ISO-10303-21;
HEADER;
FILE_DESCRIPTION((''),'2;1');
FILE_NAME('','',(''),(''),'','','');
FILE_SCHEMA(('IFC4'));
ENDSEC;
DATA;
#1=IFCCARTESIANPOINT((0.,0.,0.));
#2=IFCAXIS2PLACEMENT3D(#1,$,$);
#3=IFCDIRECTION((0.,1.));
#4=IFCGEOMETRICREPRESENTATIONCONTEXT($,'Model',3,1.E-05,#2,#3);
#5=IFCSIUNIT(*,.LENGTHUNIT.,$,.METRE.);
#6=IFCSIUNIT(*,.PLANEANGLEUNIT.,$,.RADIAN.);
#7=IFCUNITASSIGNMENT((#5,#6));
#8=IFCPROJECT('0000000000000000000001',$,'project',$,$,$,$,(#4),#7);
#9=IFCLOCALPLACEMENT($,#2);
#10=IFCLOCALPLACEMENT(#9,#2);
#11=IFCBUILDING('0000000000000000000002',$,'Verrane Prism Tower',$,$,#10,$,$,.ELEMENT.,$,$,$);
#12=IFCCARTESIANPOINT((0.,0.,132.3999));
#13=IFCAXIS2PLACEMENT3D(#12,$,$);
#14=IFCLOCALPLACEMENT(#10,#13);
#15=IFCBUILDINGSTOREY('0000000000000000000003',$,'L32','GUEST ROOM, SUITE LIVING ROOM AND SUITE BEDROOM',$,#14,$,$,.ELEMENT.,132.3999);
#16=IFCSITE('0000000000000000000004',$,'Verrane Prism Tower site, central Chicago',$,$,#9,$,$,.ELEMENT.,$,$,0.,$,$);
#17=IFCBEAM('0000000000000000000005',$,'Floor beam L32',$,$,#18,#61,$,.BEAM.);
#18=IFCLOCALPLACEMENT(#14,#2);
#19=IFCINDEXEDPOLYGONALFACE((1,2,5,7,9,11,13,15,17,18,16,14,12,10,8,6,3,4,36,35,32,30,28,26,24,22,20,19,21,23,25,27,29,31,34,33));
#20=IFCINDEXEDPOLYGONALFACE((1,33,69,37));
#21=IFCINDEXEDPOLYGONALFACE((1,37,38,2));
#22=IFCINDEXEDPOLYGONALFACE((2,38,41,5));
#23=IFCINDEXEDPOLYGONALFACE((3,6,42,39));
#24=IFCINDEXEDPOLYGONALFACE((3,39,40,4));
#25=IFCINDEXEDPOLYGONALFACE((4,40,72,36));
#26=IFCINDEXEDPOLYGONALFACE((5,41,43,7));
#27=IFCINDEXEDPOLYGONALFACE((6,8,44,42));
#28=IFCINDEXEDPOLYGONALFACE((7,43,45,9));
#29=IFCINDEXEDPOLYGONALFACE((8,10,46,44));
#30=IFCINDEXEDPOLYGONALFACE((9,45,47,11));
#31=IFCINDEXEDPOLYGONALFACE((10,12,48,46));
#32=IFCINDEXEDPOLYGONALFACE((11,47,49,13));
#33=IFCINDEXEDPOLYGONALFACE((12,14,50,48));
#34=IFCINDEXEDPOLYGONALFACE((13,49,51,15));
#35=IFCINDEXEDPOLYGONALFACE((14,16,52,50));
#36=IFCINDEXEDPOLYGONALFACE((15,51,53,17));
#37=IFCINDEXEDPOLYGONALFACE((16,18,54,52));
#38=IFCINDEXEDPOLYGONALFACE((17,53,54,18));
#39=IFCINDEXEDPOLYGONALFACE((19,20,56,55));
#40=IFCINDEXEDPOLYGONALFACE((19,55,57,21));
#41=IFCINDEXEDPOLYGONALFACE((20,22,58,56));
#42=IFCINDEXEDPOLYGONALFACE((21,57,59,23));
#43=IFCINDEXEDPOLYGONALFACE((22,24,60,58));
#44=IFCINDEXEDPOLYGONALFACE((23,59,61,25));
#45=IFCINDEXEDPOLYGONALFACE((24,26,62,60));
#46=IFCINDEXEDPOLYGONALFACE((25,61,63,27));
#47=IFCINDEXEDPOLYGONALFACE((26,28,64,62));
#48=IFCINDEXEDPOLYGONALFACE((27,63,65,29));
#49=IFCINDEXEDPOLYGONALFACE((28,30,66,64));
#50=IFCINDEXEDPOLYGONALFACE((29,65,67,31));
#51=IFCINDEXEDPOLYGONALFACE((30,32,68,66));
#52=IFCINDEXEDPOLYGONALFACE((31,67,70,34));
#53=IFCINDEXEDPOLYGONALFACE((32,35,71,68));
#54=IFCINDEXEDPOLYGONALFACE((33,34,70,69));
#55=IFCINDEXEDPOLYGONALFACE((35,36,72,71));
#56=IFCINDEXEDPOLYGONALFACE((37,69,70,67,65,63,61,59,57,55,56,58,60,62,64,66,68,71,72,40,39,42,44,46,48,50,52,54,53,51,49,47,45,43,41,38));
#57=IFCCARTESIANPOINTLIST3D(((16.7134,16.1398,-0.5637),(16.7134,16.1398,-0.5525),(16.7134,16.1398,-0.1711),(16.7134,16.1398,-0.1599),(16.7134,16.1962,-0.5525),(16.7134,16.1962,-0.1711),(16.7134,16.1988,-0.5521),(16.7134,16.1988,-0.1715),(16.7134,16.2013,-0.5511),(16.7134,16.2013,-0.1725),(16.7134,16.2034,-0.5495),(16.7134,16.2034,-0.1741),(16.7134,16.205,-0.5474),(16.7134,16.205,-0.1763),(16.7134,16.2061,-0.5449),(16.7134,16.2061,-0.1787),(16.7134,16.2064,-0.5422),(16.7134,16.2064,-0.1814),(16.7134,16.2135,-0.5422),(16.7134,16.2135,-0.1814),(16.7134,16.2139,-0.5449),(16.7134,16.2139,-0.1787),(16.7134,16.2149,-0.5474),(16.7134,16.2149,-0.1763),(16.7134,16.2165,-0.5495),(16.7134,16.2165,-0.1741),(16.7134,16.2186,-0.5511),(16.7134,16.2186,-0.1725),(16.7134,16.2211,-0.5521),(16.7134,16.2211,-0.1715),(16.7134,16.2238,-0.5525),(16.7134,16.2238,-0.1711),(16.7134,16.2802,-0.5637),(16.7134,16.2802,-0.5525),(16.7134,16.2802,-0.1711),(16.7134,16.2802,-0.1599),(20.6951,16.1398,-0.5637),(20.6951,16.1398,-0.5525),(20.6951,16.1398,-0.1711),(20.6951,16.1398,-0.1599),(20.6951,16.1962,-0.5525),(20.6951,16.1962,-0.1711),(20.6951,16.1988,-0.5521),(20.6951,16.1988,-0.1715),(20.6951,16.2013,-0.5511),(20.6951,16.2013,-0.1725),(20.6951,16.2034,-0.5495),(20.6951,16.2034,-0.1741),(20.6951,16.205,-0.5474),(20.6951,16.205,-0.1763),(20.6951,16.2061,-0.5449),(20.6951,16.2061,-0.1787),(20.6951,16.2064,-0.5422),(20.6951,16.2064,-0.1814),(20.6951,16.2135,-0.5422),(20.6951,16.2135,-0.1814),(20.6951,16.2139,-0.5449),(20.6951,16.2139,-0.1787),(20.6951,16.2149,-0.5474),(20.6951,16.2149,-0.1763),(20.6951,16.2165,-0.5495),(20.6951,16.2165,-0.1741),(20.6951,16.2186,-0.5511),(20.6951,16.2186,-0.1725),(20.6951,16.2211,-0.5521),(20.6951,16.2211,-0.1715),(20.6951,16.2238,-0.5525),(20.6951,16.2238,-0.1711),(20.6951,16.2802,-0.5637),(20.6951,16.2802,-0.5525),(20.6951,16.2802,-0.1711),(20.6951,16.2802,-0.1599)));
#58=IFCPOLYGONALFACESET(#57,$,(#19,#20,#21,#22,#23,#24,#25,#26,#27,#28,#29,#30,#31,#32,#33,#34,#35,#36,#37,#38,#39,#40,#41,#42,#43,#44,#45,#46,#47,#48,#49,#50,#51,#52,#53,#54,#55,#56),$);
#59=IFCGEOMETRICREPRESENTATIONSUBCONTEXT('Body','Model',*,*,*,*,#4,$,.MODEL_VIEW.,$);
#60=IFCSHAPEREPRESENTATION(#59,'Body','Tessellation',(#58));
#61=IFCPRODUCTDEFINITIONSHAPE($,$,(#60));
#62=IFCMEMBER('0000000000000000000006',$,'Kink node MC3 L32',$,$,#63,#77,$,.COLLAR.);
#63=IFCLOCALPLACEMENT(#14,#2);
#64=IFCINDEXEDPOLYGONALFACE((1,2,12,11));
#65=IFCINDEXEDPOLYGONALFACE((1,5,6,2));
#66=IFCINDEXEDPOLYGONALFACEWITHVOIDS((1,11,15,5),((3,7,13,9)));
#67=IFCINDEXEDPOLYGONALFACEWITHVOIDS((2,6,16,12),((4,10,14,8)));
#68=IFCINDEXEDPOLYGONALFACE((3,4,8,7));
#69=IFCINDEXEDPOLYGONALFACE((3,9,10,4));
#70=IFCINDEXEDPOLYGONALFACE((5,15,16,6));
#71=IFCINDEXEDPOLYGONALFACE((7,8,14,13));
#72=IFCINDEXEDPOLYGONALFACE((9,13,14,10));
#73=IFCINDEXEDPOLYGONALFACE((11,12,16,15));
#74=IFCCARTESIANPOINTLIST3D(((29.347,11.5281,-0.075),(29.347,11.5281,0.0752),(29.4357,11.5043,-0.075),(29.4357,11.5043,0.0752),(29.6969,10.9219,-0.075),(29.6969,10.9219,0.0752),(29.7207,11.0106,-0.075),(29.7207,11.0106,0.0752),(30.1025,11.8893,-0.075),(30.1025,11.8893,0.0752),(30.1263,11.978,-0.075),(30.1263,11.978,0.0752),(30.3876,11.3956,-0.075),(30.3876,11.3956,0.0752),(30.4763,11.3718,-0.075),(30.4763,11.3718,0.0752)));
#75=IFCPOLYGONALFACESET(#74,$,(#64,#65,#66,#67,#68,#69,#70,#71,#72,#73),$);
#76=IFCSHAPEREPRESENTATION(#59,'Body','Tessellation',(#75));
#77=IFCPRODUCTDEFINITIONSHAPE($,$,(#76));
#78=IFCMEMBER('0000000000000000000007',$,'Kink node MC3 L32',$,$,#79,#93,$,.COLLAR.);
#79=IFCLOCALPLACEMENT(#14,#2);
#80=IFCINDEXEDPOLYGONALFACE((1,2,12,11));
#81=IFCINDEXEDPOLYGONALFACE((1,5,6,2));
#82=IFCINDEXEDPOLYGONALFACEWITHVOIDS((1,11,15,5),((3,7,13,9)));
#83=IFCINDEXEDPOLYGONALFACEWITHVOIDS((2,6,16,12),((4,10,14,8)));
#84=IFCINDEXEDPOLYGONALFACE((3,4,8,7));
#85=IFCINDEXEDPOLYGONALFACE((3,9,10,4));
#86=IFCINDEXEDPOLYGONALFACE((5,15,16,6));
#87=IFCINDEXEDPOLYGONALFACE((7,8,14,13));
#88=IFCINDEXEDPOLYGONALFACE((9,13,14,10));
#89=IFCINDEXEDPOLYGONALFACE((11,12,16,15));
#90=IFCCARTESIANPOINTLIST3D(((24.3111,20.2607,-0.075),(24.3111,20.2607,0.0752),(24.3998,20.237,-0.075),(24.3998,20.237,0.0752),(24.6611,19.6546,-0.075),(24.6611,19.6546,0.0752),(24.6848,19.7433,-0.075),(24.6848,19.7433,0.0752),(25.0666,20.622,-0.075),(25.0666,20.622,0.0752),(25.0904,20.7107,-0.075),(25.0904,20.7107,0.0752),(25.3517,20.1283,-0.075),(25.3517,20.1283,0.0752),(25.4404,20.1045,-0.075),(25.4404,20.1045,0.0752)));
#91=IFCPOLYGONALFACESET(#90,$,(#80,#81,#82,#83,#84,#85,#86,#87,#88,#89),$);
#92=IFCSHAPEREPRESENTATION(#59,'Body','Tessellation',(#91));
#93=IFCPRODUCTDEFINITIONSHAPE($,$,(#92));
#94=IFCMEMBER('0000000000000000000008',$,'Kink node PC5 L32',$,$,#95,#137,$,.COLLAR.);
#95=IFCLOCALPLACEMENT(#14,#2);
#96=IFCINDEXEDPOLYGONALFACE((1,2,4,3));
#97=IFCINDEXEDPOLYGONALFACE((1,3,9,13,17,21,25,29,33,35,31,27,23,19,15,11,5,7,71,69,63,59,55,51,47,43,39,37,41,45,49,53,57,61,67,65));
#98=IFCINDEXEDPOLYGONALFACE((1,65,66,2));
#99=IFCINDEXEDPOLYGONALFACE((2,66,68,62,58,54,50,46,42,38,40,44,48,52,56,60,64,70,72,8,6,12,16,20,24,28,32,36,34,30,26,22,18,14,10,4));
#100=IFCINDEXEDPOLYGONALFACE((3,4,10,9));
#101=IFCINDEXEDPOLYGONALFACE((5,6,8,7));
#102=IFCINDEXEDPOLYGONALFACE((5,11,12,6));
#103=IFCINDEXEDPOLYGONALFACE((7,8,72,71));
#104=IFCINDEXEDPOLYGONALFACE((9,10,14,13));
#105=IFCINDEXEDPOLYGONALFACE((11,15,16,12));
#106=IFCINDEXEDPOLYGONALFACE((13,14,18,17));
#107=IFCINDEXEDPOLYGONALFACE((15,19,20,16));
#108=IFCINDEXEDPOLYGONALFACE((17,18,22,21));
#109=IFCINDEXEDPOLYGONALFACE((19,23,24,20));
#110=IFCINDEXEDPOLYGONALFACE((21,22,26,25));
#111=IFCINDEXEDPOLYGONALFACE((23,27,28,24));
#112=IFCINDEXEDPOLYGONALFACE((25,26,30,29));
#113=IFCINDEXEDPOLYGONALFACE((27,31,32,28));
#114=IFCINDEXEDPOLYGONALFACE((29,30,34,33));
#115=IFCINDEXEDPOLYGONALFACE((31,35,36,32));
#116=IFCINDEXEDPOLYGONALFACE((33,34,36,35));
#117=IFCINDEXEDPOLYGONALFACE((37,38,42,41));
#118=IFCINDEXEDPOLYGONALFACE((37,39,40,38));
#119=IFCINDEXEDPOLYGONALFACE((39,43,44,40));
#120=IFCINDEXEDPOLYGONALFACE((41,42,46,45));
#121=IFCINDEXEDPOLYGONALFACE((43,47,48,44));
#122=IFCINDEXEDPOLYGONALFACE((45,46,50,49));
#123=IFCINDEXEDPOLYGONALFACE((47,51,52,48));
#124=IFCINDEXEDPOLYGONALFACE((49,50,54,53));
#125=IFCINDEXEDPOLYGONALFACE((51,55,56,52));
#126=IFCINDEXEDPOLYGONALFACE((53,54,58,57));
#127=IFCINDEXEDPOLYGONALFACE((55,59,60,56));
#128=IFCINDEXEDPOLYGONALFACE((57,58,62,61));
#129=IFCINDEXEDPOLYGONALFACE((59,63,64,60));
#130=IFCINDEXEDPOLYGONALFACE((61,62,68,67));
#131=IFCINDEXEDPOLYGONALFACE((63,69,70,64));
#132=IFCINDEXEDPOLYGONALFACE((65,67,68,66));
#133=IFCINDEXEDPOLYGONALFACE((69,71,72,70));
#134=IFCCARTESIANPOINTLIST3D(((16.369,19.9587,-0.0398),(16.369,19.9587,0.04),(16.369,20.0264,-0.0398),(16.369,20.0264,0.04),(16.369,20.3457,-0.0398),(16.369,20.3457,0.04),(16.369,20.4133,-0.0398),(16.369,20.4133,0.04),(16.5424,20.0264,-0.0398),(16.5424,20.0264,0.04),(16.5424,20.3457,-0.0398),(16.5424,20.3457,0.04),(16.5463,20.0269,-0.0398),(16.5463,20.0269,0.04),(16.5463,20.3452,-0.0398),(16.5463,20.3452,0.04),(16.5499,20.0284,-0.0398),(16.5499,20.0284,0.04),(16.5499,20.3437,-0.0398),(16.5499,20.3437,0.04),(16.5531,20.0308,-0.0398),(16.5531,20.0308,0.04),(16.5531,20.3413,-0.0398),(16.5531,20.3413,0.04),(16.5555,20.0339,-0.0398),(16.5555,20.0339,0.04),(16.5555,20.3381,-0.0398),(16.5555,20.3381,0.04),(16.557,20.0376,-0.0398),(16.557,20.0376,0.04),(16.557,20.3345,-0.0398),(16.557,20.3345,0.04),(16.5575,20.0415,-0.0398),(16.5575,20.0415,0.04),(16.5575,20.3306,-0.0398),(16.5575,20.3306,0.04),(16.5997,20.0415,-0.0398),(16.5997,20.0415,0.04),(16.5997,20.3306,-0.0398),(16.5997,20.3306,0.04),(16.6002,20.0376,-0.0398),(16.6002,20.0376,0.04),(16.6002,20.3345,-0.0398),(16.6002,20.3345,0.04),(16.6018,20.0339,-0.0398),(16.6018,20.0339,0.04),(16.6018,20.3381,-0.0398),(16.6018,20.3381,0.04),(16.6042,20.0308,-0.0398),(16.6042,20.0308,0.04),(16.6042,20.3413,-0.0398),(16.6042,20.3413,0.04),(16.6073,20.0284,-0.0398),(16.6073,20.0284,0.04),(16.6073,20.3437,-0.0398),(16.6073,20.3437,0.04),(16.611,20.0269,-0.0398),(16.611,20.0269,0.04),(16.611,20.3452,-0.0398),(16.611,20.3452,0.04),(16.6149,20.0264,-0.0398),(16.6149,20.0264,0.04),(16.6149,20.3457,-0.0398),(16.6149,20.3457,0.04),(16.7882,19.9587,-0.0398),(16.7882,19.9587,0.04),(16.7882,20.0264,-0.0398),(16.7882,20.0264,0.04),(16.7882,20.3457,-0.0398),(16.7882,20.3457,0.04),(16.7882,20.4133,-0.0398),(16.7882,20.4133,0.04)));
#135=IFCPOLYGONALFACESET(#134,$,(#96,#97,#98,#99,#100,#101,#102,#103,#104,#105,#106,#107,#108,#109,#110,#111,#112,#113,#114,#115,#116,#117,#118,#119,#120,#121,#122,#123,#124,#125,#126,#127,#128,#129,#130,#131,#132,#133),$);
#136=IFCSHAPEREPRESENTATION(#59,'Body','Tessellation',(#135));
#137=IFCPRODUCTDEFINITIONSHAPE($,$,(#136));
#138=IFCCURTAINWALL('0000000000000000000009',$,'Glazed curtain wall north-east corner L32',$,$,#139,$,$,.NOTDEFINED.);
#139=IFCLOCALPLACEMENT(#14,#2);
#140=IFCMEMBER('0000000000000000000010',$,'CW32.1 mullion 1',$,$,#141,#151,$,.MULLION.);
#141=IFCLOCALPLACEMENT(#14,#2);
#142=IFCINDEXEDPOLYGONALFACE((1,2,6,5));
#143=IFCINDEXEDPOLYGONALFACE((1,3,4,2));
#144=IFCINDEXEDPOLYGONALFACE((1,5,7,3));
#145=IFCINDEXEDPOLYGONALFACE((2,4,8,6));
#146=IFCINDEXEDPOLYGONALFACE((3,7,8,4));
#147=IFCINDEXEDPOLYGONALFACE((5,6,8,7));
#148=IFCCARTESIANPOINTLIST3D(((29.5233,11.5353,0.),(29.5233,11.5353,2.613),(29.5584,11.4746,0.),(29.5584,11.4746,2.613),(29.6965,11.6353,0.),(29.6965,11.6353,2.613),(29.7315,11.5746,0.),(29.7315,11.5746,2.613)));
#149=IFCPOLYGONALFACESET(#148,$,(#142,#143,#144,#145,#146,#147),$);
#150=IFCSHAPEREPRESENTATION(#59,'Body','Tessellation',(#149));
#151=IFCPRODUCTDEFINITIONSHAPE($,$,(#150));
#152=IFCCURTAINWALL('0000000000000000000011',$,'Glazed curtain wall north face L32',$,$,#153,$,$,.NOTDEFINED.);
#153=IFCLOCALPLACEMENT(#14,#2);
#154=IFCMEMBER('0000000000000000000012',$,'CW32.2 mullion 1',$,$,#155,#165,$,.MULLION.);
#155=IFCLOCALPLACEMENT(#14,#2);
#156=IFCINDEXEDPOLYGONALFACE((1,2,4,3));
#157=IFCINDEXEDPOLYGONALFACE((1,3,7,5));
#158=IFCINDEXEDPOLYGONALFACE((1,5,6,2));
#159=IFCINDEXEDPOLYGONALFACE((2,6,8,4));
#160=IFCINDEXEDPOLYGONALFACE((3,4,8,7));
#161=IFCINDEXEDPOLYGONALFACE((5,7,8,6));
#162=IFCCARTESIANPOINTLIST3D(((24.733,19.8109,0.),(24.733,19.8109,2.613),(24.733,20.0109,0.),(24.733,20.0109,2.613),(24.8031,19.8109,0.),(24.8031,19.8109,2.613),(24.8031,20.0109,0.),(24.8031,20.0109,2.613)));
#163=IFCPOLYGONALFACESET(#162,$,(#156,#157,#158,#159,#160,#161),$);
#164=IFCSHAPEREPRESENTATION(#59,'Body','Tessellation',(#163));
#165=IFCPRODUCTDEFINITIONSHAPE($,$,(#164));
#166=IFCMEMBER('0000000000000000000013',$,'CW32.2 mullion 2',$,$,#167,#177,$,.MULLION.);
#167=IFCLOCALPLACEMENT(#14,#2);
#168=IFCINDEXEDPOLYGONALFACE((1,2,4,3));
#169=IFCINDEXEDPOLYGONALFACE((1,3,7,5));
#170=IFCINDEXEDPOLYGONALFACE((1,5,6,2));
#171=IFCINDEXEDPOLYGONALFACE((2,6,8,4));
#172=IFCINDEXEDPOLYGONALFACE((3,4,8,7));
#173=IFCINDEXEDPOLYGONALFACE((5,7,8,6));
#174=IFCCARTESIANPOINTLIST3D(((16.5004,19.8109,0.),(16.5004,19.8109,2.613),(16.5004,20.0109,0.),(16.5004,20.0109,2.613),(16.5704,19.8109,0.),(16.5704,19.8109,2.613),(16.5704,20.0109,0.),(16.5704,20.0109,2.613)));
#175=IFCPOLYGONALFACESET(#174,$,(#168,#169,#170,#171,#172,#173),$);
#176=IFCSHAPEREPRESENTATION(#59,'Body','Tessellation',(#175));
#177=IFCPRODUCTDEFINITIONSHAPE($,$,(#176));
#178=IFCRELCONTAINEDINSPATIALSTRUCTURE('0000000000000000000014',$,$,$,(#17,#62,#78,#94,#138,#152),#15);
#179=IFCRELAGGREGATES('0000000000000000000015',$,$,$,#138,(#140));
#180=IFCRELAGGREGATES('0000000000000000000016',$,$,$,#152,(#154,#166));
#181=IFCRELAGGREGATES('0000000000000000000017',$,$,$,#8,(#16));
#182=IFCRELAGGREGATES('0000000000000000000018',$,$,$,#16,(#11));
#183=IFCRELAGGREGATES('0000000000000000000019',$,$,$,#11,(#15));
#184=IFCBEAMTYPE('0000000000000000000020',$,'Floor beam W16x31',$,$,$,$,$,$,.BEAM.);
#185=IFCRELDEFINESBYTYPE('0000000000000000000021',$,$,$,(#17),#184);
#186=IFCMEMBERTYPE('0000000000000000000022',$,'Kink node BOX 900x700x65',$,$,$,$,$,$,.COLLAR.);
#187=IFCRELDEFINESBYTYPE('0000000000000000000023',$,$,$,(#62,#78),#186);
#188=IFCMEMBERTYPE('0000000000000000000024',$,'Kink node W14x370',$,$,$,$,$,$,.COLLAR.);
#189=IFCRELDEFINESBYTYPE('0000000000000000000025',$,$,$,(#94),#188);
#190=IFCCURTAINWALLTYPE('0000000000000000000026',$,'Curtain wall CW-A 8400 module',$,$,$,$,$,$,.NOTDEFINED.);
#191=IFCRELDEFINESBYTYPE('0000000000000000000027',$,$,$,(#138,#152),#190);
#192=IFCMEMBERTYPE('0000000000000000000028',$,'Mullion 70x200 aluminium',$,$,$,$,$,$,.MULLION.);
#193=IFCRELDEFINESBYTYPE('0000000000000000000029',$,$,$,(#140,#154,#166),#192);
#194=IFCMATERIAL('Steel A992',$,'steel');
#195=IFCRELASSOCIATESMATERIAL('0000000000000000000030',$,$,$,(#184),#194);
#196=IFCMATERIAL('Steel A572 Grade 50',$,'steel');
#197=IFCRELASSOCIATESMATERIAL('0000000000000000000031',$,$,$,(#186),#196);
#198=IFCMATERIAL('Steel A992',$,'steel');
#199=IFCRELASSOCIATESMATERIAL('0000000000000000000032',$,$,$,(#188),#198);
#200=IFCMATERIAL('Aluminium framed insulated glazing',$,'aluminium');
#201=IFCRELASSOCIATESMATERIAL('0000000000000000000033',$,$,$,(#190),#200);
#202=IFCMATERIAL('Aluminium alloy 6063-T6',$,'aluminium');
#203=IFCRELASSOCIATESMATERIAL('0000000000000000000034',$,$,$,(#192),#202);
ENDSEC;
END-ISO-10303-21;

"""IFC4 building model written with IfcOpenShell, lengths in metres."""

from ifc_helpers import new_model, si_unit, direction, frame, origin, origin_2d, place, context, subcontext, project, spatial, rectangle, hollow_rectangle, i_section, extrude, material, material_profile, profile_set, type_object, element, aggregate, save


model = new_model("IFC4")

# Units and contexts
model_context = context("Model", 3, precision=1e-05, world=origin(), true_north=direction((0.0, 1.0)))
body_context = subcontext(model_context, "Body", "Model", "MODEL_VIEW")
ifc_project = project(units=[si_unit("LENGTHUNIT", "METRE"), si_unit("PLANEANGLEUNIT", "RADIAN")], contexts=[model_context])

# Site, building, storey
site_placement = place(None, origin())
site = spatial("IfcSite", under=ifc_project, at=site_placement, Name="Verrane Prism Tower site, central Chicago", CompositionType="ELEMENT", RefElevation=0.0)
building_placement = place(site_placement, origin())
building = spatial("IfcBuilding", under=site, at=building_placement, Name="Verrane Prism Tower", CompositionType="ELEMENT")
storey_placement = place(building_placement, frame((0.0, 0.0, 132.3999)))
storey = spatial("IfcBuildingStorey", under=building, at=storey_placement, Name="L32", Description="GUEST ROOM, SUITE LIVING ROOM AND SUITE BEDROOM", CompositionType="ELEMENT", Elevation=132.3999)

# Beam
ifc_material_1 = material(Name="Steel A992", Category="steel")
ifc_material_profile_1 = material_profile(ifc_material_1, i_section(OverallWidth=0.1404, OverallDepth=0.4038, WebThickness=0.0071, FlangeThickness=0.0112, FilletRadius=0.0103, at=origin_2d()), Name="W16x31")
ifc_profile_set_1 = profile_set([ifc_material_profile_1], Name="Steel A992")
beam_type_1 = type_object("IfcBeamType", Name="Floor beam W16x31", PredefinedType="BEAM", material=ifc_profile_set_1)
beam_1_placement = place(storey_placement, frame((16.7134, 16.21, -0.3618), z_axis=(1.0, 0.0, 0.0), x_axis=(0.0, 1.0, 0.0)))
element("IfcBeam", 1, at=beam_1_placement, inside=storey, type_object=beam_type_1, Name="Floor beam L32", PredefinedType="BEAM", context=body_context, shape_type="SweptSolid", body=[
    extrude(i_section(OverallWidth=0.1404, OverallDepth=0.4038, WebThickness=0.0071, FlangeThickness=0.0112, FilletRadius=0.0103, at=origin_2d()), origin(), (0.0, 0.0, 1.0), 3.9817),
])

# Members
ifc_material_2 = material(Name="Steel A572 Grade 50", Category="steel")
ifc_material_profile_2 = material_profile(ifc_material_2, hollow_rectangle(XDim=0.7, YDim=0.8999, WallThickness=0.0649, at=origin_2d()), Name="BOX 900x700x65")
ifc_profile_set_2 = profile_set([ifc_material_profile_2], Name="Steel A572 Grade 50")
member_type_1 = type_object("IfcMemberType", Name="Kink node BOX 900x700x65", PredefinedType="COLLAR", material=ifc_profile_set_2)
for number, where, z_axis, x_axis, name in (
    (2, (29.9116, 11.45, -0.075), (0.0, 0.0, 1.0), (0.5, -0.866025, 0.0), "Kink node MC3 L32"),
    (3, (24.8757, 20.1826, -0.075), (0.0, 0.0, 1.0), (0.5, -0.866025, 0.0), "Kink node MC3 L32"),
):
    element("IfcMember", number, at=place(storey_placement, frame(where, z_axis=z_axis, x_axis=x_axis)), inside=storey, type_object=member_type_1, Name=name, PredefinedType="COLLAR", context=body_context, shape_type="SweptSolid", body=[
        extrude(hollow_rectangle(XDim=0.7, YDim=0.8999, WallThickness=0.0649, at=origin_2d()), origin(), (0.0, 0.0, 1.0), 0.1501),
    ])
ifc_material_3 = material(Name="Steel A992", Category="steel")
ifc_material_profile_3 = material_profile(ifc_material_3, i_section(OverallWidth=0.4192, OverallDepth=0.4546, WebThickness=0.0422, FlangeThickness=0.0676, FilletRadius=0.0151, at=origin_2d()), Name="W14x370")
ifc_profile_set_3 = profile_set([ifc_material_profile_3], Name="Steel A992")
member_type_2 = type_object("IfcMemberType", Name="Kink node W14x370", PredefinedType="COLLAR", material=ifc_profile_set_3)
member_1_placement = place(storey_placement, frame((16.5786, 20.186, -0.0398), z_axis=(0.0, 0.0, 1.0), x_axis=(1.0, 0.0, 0.0)))
element("IfcMember", 4, at=member_1_placement, inside=storey, type_object=member_type_2, Name="Kink node PC5 L32", PredefinedType="COLLAR", context=body_context, shape_type="SweptSolid", body=[
    extrude(i_section(OverallWidth=0.4192, OverallDepth=0.4546, WebThickness=0.0422, FlangeThickness=0.0676, FilletRadius=0.0151, at=origin_2d()), origin(), (0.0, 0.0, 1.0), 0.0798),
])

# Curtain wall, member
ifc_material_4 = material(Name="Aluminium framed insulated glazing", Category="aluminium")
curtain_wall_type = type_object("IfcCurtainWallType", Name="Curtain wall CW-A 8400 module", PredefinedType="NOTDEFINED", material=ifc_material_4)
curtain_wall_1_placement = place(storey_placement, origin())
curtain_wall_1 = element("IfcCurtainWall", 5, at=curtain_wall_1_placement, inside=storey, type_object=curtain_wall_type, Name="Glazed curtain wall north-east corner L32", PredefinedType="NOTDEFINED")
ifc_material_5 = material(Name="Aluminium alloy 6063-T6", Category="aluminium")
ifc_material_profile_4 = material_profile(ifc_material_5, rectangle(XDim=0.2, YDim=0.0701, at=origin_2d()), Name="Mullion 70x200 aluminium")
ifc_profile_set_4 = profile_set([ifc_material_profile_4], Name="Aluminium alloy 6063-T6")
member_type_3 = type_object("IfcMemberType", Name="Mullion 70x200 aluminium", PredefinedType="MULLION", material=ifc_profile_set_4)
member_2_placement = place(storey_placement, frame((29.6274, 11.5549, 0.0), z_axis=(0.0, 0.0, 1.0), x_axis=(-0.866028, -0.499996, 0.0)))
member_2 = element("IfcMember", 6, at=member_2_placement, type_object=member_type_3, Name="CW32.1 mullion 1", PredefinedType="MULLION", context=body_context, shape_type="SweptSolid", body=[
    extrude(rectangle(XDim=0.2, YDim=0.0701, at=origin_2d()), origin(), (0.0, 0.0, 1.0), 2.613),
])

# Curtain wall, members
curtain_wall_2_placement = place(storey_placement, origin())
curtain_wall_2 = element("IfcCurtainWall", 7, at=curtain_wall_2_placement, inside=storey, type_object=curtain_wall_type, Name="Glazed curtain wall north face L32", PredefinedType="NOTDEFINED")
member_3_placement = place(storey_placement, frame((24.7681, 19.9109, 0.0), z_axis=(0.0, 0.0, 1.0), x_axis=(0.0, -1.0, 0.0)))
member_3 = element("IfcMember", 8, at=member_3_placement, type_object=member_type_3, Name="CW32.2 mullion 1", PredefinedType="MULLION", context=body_context, shape_type="SweptSolid", body=[
    extrude(rectangle(XDim=0.2, YDim=0.0701, at=origin_2d()), origin(), (0.0, 0.0, 1.0), 2.613),
])
member_4_placement = place(storey_placement, frame((16.5354, 19.9109, 0.0), z_axis=(0.0, 0.0, 1.0), x_axis=(0.0, -1.0, 0.0)))
member_4 = element("IfcMember", 9, at=member_4_placement, type_object=member_type_3, Name="CW32.2 mullion 2", PredefinedType="MULLION", context=body_context, shape_type="SweptSolid", body=[
    extrude(rectangle(XDim=0.2, YDim=0.0701, at=origin_2d()), origin(), (0.0, 0.0, 1.0), 2.613),
])

aggregate(curtain_wall_1, [member_2])
aggregate(curtain_wall_2, [member_3, member_4])

save(model, "model.ifc")
